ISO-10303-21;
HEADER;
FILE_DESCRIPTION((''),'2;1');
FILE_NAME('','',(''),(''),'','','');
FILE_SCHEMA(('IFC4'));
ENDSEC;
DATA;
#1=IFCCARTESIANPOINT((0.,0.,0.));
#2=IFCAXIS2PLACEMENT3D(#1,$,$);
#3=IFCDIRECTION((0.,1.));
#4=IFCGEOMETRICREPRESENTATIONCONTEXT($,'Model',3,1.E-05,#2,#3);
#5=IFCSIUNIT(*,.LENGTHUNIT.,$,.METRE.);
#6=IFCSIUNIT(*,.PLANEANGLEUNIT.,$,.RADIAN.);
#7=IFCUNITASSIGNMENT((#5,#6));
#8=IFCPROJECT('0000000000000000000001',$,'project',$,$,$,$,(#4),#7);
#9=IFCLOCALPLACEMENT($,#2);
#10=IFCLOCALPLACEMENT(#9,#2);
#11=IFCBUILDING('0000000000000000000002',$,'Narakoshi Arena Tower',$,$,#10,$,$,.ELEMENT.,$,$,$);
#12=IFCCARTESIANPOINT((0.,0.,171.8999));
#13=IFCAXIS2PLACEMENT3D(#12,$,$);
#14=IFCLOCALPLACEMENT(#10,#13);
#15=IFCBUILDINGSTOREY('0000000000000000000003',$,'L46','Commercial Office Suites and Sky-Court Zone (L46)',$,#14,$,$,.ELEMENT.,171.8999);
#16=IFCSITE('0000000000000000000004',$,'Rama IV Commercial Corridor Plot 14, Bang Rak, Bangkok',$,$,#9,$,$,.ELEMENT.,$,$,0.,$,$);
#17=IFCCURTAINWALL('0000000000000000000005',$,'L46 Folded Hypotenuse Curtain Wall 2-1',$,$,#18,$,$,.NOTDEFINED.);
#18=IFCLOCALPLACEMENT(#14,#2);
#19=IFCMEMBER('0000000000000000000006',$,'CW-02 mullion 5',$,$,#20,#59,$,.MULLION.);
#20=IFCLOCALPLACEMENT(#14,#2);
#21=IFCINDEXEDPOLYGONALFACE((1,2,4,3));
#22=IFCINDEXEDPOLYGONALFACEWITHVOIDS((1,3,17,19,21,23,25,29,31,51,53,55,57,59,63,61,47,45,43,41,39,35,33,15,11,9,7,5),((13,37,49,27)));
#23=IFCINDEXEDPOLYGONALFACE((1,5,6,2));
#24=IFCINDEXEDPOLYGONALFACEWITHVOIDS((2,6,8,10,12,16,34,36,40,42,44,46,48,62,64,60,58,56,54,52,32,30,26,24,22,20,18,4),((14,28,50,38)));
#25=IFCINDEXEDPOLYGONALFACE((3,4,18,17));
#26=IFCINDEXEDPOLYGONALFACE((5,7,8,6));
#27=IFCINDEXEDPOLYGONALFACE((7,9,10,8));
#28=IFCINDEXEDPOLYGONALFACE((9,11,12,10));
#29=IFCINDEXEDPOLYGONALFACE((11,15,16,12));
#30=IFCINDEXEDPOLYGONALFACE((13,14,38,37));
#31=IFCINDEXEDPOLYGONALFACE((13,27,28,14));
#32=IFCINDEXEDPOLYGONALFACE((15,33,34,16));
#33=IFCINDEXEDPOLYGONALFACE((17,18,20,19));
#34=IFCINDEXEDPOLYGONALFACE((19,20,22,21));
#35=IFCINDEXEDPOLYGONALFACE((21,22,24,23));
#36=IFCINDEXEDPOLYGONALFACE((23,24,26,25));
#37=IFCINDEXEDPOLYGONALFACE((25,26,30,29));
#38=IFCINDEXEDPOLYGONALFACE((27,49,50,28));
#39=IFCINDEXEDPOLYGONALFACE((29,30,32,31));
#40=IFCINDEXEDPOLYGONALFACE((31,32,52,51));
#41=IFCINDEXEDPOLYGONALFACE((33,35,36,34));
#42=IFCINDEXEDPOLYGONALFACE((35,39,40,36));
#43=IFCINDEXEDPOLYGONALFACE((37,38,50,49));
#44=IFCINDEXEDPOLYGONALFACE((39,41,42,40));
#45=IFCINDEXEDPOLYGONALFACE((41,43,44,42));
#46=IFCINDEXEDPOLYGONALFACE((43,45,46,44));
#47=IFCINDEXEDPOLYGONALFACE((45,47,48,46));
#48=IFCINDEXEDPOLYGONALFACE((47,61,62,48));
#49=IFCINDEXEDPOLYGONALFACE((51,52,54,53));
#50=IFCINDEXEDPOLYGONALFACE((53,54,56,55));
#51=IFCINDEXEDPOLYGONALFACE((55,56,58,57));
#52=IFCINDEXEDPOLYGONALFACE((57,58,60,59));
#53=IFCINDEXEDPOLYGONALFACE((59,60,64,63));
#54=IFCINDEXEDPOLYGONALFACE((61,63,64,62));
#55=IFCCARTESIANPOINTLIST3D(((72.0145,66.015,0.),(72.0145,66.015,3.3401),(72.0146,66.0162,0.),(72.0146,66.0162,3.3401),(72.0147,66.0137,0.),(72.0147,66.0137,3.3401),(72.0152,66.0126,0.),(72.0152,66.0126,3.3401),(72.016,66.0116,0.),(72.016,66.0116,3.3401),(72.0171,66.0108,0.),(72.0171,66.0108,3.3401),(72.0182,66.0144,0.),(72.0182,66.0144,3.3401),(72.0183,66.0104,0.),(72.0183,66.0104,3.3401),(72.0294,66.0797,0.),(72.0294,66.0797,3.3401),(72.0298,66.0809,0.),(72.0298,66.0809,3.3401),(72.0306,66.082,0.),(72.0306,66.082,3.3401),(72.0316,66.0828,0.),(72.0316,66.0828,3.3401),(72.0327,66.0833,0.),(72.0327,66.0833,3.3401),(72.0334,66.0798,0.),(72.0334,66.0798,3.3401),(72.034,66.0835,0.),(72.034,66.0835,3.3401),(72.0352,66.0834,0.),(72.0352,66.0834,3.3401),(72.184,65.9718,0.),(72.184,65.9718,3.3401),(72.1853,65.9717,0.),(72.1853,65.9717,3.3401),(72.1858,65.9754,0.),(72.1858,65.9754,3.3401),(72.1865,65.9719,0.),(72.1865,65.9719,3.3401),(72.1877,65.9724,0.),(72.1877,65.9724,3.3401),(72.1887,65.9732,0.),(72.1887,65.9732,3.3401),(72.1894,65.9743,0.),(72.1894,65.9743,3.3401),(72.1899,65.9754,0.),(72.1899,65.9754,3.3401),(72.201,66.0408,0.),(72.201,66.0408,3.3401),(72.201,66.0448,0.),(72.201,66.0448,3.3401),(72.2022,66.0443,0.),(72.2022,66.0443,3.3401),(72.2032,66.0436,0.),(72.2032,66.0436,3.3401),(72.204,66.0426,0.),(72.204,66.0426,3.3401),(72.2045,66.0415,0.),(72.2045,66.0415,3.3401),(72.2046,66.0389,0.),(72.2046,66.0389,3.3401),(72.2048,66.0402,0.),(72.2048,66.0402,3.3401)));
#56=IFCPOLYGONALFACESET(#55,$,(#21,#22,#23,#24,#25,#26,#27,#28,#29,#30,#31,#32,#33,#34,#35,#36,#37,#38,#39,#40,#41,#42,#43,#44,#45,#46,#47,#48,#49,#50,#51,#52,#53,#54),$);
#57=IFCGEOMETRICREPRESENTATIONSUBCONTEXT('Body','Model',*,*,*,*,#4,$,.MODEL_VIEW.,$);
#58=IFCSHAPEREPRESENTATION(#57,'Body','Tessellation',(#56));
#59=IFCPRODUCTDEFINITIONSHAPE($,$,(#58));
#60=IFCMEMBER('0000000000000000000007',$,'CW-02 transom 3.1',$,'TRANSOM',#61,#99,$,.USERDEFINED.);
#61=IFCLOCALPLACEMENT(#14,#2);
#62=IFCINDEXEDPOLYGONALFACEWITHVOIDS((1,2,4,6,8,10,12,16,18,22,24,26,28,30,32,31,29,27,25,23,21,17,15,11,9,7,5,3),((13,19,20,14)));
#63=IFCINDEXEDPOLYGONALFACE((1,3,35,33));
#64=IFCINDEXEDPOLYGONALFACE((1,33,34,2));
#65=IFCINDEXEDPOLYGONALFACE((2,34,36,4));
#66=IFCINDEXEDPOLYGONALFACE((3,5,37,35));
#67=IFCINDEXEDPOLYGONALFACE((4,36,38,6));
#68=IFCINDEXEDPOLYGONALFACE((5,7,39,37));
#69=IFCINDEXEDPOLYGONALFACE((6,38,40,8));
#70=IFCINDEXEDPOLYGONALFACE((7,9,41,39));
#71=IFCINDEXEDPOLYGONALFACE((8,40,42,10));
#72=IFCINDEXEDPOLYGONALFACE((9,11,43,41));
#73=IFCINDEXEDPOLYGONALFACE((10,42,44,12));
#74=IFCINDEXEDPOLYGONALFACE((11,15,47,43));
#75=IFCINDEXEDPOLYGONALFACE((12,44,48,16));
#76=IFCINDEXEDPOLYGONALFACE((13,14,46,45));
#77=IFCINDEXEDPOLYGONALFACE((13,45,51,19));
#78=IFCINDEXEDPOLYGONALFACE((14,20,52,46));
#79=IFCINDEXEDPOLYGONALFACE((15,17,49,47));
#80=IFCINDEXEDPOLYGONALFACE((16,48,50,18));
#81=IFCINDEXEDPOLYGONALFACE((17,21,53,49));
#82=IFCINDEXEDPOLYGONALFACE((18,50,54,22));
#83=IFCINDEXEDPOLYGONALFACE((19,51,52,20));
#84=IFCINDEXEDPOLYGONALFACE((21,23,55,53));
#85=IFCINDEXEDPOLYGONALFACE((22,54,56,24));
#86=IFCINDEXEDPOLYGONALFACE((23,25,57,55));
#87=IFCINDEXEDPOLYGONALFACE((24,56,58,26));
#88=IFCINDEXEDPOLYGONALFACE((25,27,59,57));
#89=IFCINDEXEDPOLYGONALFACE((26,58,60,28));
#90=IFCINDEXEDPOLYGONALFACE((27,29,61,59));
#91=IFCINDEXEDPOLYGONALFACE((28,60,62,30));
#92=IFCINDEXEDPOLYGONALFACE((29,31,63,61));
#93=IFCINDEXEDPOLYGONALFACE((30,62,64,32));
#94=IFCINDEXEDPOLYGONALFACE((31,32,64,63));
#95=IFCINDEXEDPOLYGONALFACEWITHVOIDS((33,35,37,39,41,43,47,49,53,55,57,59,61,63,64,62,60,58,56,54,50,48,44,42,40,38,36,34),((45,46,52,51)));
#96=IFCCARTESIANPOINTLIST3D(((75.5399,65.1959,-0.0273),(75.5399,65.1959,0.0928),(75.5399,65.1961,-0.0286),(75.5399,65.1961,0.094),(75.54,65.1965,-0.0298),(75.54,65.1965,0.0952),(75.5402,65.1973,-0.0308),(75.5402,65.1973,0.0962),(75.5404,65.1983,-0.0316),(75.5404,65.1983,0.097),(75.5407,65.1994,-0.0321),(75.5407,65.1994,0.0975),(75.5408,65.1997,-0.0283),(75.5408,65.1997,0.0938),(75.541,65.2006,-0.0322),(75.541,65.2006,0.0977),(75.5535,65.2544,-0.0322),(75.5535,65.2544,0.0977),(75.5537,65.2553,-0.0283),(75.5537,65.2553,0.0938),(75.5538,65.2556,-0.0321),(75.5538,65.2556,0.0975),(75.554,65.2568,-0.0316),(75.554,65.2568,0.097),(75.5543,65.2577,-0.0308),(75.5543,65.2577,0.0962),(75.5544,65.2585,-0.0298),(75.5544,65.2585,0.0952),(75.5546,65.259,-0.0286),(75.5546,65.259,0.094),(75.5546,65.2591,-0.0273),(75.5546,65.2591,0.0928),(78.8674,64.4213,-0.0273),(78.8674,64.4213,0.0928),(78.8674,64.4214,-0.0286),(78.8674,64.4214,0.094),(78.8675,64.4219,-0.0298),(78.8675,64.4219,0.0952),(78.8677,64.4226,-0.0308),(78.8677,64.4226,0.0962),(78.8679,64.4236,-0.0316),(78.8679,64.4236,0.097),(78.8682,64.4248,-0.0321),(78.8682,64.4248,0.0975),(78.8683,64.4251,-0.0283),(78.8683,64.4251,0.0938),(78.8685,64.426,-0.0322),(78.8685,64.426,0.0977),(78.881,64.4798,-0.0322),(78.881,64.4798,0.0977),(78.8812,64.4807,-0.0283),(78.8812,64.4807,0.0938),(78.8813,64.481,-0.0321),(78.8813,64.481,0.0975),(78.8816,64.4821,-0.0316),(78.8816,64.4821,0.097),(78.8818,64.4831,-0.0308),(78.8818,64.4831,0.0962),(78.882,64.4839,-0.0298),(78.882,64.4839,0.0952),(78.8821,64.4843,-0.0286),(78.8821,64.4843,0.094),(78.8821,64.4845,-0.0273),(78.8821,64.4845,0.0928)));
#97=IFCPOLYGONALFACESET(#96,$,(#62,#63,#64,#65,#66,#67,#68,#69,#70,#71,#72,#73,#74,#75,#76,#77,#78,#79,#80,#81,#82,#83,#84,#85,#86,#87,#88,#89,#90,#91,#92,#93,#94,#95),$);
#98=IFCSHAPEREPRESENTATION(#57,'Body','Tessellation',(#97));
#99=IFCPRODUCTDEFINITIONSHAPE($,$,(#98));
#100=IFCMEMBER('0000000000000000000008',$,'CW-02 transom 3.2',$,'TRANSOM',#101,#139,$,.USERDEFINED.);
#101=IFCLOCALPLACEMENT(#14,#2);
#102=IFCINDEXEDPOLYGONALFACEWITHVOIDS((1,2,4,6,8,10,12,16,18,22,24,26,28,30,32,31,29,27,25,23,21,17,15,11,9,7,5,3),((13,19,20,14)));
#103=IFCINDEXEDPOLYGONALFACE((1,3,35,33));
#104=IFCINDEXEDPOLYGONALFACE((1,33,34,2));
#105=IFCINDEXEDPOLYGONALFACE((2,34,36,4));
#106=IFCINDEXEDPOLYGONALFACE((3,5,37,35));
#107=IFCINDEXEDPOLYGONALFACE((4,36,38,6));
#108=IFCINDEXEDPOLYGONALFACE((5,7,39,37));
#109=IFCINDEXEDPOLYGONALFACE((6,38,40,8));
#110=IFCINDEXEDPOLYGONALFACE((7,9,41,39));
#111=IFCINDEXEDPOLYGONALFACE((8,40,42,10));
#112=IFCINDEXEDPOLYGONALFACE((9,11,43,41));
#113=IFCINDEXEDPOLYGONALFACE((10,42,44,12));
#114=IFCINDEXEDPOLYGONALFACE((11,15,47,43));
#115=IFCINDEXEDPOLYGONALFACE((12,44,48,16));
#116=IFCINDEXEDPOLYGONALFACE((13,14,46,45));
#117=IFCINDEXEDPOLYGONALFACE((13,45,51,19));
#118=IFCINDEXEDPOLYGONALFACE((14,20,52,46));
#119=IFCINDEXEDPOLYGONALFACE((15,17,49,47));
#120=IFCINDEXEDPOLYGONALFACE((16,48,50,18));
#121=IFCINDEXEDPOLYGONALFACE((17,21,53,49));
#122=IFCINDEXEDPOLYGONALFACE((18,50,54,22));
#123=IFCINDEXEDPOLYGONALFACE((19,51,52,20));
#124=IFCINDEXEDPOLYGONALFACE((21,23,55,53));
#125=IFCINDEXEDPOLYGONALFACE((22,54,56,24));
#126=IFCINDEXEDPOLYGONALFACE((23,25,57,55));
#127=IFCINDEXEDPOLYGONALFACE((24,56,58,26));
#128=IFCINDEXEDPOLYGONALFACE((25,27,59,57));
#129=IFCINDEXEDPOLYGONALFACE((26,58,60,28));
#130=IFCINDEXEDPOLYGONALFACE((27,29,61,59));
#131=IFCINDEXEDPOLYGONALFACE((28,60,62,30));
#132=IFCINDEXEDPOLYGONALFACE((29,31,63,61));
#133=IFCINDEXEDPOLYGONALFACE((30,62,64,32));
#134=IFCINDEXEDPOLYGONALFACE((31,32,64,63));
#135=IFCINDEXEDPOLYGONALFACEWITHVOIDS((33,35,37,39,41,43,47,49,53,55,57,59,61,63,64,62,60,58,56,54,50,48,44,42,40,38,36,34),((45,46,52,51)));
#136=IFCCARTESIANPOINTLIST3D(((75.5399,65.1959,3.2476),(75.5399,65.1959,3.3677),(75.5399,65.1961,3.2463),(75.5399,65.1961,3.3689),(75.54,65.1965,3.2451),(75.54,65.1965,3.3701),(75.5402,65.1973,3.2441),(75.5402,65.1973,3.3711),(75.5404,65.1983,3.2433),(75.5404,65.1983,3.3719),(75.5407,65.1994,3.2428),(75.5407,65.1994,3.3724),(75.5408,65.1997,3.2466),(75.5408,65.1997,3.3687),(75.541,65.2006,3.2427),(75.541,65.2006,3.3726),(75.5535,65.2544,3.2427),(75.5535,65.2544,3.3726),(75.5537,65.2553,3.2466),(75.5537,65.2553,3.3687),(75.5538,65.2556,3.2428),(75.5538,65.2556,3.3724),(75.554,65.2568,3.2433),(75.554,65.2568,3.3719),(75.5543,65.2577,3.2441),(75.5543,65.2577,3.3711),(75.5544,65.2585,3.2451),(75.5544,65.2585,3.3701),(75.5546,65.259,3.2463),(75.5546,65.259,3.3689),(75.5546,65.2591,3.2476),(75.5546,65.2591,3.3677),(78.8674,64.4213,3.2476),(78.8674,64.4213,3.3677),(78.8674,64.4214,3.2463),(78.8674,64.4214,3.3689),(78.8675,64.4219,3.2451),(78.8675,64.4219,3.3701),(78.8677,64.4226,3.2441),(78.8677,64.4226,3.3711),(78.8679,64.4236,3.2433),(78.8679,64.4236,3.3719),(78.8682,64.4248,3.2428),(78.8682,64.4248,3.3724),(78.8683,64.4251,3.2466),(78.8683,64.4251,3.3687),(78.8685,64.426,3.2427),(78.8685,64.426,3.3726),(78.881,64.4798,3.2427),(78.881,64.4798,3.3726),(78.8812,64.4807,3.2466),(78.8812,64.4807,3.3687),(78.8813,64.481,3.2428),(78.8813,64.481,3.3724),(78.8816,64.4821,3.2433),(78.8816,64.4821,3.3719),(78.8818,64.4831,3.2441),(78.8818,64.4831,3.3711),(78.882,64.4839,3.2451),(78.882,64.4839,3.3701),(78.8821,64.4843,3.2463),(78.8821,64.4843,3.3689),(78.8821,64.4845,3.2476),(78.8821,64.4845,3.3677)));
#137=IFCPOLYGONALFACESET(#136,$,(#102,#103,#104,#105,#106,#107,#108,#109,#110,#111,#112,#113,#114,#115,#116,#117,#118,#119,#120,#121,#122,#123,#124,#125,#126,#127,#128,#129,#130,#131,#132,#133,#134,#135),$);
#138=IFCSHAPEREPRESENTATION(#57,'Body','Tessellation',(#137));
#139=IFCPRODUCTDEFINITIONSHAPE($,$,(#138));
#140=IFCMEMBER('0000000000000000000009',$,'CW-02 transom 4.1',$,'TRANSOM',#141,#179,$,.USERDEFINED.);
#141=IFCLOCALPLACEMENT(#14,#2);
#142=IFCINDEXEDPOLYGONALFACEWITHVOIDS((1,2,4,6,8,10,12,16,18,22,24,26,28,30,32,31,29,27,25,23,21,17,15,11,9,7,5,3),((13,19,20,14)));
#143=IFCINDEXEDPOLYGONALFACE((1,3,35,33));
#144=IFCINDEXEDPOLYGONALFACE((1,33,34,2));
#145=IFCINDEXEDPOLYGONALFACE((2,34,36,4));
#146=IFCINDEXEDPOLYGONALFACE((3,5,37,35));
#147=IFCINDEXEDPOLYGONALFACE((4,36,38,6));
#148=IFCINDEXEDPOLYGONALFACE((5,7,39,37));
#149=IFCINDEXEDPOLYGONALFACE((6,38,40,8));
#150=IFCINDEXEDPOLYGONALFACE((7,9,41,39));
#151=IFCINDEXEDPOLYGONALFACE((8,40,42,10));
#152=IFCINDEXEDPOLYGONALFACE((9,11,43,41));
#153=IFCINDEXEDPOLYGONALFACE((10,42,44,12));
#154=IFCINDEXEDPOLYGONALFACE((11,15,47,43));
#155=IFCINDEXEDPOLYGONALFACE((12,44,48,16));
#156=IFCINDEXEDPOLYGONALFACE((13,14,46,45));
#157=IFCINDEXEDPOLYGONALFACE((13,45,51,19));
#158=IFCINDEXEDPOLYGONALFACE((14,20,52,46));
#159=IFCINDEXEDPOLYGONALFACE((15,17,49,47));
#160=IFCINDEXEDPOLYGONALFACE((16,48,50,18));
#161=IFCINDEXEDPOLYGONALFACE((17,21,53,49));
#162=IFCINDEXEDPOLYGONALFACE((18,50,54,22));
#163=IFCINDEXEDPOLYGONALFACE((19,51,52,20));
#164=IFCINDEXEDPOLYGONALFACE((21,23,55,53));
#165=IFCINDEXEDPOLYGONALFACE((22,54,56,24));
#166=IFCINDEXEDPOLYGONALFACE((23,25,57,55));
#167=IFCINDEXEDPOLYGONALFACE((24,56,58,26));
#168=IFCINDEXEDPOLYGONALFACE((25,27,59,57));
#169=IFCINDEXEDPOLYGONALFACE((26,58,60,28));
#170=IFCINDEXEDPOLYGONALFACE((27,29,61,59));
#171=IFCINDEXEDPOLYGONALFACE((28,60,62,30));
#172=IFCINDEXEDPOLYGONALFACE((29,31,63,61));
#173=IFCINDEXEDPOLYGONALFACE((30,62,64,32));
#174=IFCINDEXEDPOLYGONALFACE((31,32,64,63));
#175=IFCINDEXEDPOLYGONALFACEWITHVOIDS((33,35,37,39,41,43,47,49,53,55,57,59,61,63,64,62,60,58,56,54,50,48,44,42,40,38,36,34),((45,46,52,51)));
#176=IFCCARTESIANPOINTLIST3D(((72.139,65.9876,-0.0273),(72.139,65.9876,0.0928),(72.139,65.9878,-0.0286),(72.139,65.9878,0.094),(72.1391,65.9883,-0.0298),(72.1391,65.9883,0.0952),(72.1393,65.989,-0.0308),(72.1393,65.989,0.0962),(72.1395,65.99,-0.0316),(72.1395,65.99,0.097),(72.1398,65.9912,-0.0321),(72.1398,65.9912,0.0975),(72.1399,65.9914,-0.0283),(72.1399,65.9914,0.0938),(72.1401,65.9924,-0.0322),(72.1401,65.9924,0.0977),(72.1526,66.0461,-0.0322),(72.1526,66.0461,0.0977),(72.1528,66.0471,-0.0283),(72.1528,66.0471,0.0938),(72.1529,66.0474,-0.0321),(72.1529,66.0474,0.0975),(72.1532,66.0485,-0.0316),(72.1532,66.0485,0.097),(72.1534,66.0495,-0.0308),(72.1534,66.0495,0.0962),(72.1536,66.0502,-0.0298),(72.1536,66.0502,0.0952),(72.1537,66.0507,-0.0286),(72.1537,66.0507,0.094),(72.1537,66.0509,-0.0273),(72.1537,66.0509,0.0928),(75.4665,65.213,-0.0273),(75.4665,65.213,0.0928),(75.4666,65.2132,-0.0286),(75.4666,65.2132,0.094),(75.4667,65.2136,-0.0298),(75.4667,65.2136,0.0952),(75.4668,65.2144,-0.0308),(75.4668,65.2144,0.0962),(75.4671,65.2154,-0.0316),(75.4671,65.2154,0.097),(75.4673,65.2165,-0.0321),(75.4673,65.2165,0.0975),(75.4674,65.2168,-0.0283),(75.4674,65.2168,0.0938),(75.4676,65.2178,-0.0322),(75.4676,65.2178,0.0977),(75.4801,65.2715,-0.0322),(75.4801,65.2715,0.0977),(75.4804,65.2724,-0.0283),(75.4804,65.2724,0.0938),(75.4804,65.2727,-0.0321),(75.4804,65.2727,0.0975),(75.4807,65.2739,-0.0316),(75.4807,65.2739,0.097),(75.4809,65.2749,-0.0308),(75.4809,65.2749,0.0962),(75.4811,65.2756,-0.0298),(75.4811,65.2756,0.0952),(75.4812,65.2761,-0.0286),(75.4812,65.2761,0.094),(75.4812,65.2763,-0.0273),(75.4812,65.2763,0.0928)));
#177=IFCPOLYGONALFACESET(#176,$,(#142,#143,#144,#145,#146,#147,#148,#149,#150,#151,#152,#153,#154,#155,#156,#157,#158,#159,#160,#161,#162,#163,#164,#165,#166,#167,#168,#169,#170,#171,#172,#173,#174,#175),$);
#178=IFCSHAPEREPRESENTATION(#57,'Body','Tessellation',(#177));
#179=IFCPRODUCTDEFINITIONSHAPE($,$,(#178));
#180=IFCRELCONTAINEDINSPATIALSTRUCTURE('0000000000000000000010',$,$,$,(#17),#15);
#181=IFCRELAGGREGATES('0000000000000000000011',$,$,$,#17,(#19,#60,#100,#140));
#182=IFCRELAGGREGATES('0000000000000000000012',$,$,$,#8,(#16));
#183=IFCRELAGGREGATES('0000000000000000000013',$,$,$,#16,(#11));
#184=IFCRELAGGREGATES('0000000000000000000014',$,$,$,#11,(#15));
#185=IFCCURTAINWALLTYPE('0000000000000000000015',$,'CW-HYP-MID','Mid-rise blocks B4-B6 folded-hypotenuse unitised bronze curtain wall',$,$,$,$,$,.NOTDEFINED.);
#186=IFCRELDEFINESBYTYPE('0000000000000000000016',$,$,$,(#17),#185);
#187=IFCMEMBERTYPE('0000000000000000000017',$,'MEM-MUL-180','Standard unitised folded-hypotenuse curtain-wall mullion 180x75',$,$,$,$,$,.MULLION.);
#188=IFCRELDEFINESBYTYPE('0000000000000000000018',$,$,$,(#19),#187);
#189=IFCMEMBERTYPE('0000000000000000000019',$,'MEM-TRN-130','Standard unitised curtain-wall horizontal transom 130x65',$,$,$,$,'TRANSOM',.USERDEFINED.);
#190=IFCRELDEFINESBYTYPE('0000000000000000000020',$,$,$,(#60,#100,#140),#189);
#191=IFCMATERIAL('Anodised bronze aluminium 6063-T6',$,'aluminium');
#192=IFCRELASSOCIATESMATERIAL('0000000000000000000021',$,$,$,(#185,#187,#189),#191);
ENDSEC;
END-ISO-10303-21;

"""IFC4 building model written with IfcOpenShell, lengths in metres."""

from ifc_helpers import new_model, si_unit, direction, frame, origin, origin_2d, place, context, subcontext, project, spatial, hollow_rectangle, extrude, material, material_profile, profile_set, type_object, element, aggregate, save


model = new_model("IFC4")

# Units and contexts
model_context = context("Model", 3, precision=1e-05, world=origin(), true_north=direction((0.0, 1.0)))
body_context = subcontext(model_context, "Body", "Model", "MODEL_VIEW")
ifc_project = project(units=[si_unit("LENGTHUNIT", "METRE"), si_unit("PLANEANGLEUNIT", "RADIAN")], contexts=[model_context])

# Site, building, storey
site_placement = place(None, origin())
site = spatial("IfcSite", under=ifc_project, at=site_placement, Name="Rama IV Commercial Corridor Plot 14, Bang Rak, Bangkok", CompositionType="ELEMENT", RefElevation=0.0)
building_placement = place(site_placement, origin())
building = spatial("IfcBuilding", under=site, at=building_placement, Name="Narakoshi Arena Tower", CompositionType="ELEMENT")
storey_placement = place(building_placement, frame((0.0, 0.0, 171.8999)))
storey = spatial("IfcBuildingStorey", under=building, at=storey_placement, Name="L46", Description="Commercial Office Suites and Sky-Court Zone (L46)", CompositionType="ELEMENT", Elevation=171.8999)

# Curtain wall, members
ifc_material_1 = material(Name="Anodised bronze aluminium 6063-T6", Category="aluminium")
curtain_wall_type = type_object("IfcCurtainWallType", Name="CW-HYP-MID", Description="Mid-rise blocks B4-B6 folded-hypotenuse unitised bronze curtain wall", PredefinedType="NOTDEFINED", material=ifc_material_1)
curtain_wall_placement = place(storey_placement, origin())
curtain_wall = element("IfcCurtainWall", 1, at=curtain_wall_placement, inside=storey, type_object=curtain_wall_type, Name="L46 Folded Hypotenuse Curtain Wall 2-1", PredefinedType="NOTDEFINED")
ifc_material_profile_1 = material_profile(ifc_material_1, hollow_rectangle(XDim=0.075, YDim=0.1799, WallThickness=0.0039, OuterFilletRadius=0.0049, at=origin_2d()), Name="MUL180x75x4")
ifc_profile_set_1 = profile_set([ifc_material_profile_1], Name="Anodised bronze aluminium 6063-T6")
member_type_1 = type_object("IfcMemberType", Name="MEM-MUL-180", Description="Standard unitised folded-hypotenuse curtain-wall mullion 180x75", PredefinedType="MULLION", material=ifc_profile_set_1)
member_1_placement = place(storey_placement, frame((72.1096, 66.0276, 0.0), z_axis=(0.0, 0.0, 1.0), x_axis=(-0.226721, -0.97396, 0.0)))
member_1 = element("IfcMember", 2, at=member_1_placement, type_object=member_type_1, Name="CW-02 mullion 5", PredefinedType="MULLION", context=body_context, shape_type="SweptSolid", body=[
    extrude(hollow_rectangle(XDim=0.075, YDim=0.1799, WallThickness=0.0039, OuterFilletRadius=0.0049, at=origin_2d()), origin(), (0.0, 0.0, 1.0), 3.3401),
])
ifc_material_profile_2 = material_profile(ifc_material_1, hollow_rectangle(XDim=0.0649, YDim=0.1299, WallThickness=0.0039, OuterFilletRadius=0.0049, at=origin_2d()), Name="TRN130x65x4")
ifc_profile_set_2 = profile_set([ifc_material_profile_2], Name="Anodised bronze aluminium 6063-T6")
member_type_2 = type_object("IfcMemberType", Name="MEM-TRN-130", Description="Standard unitised curtain-wall horizontal transom 130x65", ElementType="TRANSOM", PredefinedType="USERDEFINED", material=ifc_profile_set_2)
member_2_placement = place(storey_placement, frame((78.8748, 64.4529, 0.0327), z_axis=(-0.973957, 0.226733, 0.0), x_axis=(-0.226733, -0.973957, 0.0)))
member_2 = element("IfcMember", 3, at=member_2_placement, type_object=member_type_2, Name="CW-02 transom 3.1", ObjectType="TRANSOM", PredefinedType="USERDEFINED", context=body_context, shape_type="SweptSolid", body=[
    extrude(hollow_rectangle(XDim=0.0649, YDim=0.1299, WallThickness=0.0039, OuterFilletRadius=0.0049, at=origin_2d()), origin(), (0.0, 0.0, 1.0), 3.4165),
])
member_3_placement = place(storey_placement, frame((78.8748, 64.4529, 3.3076), z_axis=(-0.973957, 0.226733, 0.0), x_axis=(-0.226733, -0.973957, 0.0)))
member_3 = element("IfcMember", 4, at=member_3_placement, type_object=member_type_2, Name="CW-02 transom 3.2", ObjectType="TRANSOM", PredefinedType="USERDEFINED", context=body_context, shape_type="SweptSolid", body=[
    extrude(hollow_rectangle(XDim=0.0649, YDim=0.1299, WallThickness=0.0039, OuterFilletRadius=0.0049, at=origin_2d()), origin(), (0.0, 0.0, 1.0), 3.4165),
])
member_4_placement = place(storey_placement, frame((75.4739, 65.2446, 0.0327), z_axis=(-0.973957, 0.226733, 0.0), x_axis=(-0.226733, -0.973957, 0.0)))
member_4 = element("IfcMember", 5, at=member_4_placement, type_object=member_type_2, Name="CW-02 transom 4.1", ObjectType="TRANSOM", PredefinedType="USERDEFINED", context=body_context, shape_type="SweptSolid", body=[
    extrude(hollow_rectangle(XDim=0.0649, YDim=0.1299, WallThickness=0.0039, OuterFilletRadius=0.0049, at=origin_2d()), origin(), (0.0, 0.0, 1.0), 3.4165),
])
aggregate(curtain_wall, [member_1, member_2, member_3, member_4])

save(model, "model.ifc")
